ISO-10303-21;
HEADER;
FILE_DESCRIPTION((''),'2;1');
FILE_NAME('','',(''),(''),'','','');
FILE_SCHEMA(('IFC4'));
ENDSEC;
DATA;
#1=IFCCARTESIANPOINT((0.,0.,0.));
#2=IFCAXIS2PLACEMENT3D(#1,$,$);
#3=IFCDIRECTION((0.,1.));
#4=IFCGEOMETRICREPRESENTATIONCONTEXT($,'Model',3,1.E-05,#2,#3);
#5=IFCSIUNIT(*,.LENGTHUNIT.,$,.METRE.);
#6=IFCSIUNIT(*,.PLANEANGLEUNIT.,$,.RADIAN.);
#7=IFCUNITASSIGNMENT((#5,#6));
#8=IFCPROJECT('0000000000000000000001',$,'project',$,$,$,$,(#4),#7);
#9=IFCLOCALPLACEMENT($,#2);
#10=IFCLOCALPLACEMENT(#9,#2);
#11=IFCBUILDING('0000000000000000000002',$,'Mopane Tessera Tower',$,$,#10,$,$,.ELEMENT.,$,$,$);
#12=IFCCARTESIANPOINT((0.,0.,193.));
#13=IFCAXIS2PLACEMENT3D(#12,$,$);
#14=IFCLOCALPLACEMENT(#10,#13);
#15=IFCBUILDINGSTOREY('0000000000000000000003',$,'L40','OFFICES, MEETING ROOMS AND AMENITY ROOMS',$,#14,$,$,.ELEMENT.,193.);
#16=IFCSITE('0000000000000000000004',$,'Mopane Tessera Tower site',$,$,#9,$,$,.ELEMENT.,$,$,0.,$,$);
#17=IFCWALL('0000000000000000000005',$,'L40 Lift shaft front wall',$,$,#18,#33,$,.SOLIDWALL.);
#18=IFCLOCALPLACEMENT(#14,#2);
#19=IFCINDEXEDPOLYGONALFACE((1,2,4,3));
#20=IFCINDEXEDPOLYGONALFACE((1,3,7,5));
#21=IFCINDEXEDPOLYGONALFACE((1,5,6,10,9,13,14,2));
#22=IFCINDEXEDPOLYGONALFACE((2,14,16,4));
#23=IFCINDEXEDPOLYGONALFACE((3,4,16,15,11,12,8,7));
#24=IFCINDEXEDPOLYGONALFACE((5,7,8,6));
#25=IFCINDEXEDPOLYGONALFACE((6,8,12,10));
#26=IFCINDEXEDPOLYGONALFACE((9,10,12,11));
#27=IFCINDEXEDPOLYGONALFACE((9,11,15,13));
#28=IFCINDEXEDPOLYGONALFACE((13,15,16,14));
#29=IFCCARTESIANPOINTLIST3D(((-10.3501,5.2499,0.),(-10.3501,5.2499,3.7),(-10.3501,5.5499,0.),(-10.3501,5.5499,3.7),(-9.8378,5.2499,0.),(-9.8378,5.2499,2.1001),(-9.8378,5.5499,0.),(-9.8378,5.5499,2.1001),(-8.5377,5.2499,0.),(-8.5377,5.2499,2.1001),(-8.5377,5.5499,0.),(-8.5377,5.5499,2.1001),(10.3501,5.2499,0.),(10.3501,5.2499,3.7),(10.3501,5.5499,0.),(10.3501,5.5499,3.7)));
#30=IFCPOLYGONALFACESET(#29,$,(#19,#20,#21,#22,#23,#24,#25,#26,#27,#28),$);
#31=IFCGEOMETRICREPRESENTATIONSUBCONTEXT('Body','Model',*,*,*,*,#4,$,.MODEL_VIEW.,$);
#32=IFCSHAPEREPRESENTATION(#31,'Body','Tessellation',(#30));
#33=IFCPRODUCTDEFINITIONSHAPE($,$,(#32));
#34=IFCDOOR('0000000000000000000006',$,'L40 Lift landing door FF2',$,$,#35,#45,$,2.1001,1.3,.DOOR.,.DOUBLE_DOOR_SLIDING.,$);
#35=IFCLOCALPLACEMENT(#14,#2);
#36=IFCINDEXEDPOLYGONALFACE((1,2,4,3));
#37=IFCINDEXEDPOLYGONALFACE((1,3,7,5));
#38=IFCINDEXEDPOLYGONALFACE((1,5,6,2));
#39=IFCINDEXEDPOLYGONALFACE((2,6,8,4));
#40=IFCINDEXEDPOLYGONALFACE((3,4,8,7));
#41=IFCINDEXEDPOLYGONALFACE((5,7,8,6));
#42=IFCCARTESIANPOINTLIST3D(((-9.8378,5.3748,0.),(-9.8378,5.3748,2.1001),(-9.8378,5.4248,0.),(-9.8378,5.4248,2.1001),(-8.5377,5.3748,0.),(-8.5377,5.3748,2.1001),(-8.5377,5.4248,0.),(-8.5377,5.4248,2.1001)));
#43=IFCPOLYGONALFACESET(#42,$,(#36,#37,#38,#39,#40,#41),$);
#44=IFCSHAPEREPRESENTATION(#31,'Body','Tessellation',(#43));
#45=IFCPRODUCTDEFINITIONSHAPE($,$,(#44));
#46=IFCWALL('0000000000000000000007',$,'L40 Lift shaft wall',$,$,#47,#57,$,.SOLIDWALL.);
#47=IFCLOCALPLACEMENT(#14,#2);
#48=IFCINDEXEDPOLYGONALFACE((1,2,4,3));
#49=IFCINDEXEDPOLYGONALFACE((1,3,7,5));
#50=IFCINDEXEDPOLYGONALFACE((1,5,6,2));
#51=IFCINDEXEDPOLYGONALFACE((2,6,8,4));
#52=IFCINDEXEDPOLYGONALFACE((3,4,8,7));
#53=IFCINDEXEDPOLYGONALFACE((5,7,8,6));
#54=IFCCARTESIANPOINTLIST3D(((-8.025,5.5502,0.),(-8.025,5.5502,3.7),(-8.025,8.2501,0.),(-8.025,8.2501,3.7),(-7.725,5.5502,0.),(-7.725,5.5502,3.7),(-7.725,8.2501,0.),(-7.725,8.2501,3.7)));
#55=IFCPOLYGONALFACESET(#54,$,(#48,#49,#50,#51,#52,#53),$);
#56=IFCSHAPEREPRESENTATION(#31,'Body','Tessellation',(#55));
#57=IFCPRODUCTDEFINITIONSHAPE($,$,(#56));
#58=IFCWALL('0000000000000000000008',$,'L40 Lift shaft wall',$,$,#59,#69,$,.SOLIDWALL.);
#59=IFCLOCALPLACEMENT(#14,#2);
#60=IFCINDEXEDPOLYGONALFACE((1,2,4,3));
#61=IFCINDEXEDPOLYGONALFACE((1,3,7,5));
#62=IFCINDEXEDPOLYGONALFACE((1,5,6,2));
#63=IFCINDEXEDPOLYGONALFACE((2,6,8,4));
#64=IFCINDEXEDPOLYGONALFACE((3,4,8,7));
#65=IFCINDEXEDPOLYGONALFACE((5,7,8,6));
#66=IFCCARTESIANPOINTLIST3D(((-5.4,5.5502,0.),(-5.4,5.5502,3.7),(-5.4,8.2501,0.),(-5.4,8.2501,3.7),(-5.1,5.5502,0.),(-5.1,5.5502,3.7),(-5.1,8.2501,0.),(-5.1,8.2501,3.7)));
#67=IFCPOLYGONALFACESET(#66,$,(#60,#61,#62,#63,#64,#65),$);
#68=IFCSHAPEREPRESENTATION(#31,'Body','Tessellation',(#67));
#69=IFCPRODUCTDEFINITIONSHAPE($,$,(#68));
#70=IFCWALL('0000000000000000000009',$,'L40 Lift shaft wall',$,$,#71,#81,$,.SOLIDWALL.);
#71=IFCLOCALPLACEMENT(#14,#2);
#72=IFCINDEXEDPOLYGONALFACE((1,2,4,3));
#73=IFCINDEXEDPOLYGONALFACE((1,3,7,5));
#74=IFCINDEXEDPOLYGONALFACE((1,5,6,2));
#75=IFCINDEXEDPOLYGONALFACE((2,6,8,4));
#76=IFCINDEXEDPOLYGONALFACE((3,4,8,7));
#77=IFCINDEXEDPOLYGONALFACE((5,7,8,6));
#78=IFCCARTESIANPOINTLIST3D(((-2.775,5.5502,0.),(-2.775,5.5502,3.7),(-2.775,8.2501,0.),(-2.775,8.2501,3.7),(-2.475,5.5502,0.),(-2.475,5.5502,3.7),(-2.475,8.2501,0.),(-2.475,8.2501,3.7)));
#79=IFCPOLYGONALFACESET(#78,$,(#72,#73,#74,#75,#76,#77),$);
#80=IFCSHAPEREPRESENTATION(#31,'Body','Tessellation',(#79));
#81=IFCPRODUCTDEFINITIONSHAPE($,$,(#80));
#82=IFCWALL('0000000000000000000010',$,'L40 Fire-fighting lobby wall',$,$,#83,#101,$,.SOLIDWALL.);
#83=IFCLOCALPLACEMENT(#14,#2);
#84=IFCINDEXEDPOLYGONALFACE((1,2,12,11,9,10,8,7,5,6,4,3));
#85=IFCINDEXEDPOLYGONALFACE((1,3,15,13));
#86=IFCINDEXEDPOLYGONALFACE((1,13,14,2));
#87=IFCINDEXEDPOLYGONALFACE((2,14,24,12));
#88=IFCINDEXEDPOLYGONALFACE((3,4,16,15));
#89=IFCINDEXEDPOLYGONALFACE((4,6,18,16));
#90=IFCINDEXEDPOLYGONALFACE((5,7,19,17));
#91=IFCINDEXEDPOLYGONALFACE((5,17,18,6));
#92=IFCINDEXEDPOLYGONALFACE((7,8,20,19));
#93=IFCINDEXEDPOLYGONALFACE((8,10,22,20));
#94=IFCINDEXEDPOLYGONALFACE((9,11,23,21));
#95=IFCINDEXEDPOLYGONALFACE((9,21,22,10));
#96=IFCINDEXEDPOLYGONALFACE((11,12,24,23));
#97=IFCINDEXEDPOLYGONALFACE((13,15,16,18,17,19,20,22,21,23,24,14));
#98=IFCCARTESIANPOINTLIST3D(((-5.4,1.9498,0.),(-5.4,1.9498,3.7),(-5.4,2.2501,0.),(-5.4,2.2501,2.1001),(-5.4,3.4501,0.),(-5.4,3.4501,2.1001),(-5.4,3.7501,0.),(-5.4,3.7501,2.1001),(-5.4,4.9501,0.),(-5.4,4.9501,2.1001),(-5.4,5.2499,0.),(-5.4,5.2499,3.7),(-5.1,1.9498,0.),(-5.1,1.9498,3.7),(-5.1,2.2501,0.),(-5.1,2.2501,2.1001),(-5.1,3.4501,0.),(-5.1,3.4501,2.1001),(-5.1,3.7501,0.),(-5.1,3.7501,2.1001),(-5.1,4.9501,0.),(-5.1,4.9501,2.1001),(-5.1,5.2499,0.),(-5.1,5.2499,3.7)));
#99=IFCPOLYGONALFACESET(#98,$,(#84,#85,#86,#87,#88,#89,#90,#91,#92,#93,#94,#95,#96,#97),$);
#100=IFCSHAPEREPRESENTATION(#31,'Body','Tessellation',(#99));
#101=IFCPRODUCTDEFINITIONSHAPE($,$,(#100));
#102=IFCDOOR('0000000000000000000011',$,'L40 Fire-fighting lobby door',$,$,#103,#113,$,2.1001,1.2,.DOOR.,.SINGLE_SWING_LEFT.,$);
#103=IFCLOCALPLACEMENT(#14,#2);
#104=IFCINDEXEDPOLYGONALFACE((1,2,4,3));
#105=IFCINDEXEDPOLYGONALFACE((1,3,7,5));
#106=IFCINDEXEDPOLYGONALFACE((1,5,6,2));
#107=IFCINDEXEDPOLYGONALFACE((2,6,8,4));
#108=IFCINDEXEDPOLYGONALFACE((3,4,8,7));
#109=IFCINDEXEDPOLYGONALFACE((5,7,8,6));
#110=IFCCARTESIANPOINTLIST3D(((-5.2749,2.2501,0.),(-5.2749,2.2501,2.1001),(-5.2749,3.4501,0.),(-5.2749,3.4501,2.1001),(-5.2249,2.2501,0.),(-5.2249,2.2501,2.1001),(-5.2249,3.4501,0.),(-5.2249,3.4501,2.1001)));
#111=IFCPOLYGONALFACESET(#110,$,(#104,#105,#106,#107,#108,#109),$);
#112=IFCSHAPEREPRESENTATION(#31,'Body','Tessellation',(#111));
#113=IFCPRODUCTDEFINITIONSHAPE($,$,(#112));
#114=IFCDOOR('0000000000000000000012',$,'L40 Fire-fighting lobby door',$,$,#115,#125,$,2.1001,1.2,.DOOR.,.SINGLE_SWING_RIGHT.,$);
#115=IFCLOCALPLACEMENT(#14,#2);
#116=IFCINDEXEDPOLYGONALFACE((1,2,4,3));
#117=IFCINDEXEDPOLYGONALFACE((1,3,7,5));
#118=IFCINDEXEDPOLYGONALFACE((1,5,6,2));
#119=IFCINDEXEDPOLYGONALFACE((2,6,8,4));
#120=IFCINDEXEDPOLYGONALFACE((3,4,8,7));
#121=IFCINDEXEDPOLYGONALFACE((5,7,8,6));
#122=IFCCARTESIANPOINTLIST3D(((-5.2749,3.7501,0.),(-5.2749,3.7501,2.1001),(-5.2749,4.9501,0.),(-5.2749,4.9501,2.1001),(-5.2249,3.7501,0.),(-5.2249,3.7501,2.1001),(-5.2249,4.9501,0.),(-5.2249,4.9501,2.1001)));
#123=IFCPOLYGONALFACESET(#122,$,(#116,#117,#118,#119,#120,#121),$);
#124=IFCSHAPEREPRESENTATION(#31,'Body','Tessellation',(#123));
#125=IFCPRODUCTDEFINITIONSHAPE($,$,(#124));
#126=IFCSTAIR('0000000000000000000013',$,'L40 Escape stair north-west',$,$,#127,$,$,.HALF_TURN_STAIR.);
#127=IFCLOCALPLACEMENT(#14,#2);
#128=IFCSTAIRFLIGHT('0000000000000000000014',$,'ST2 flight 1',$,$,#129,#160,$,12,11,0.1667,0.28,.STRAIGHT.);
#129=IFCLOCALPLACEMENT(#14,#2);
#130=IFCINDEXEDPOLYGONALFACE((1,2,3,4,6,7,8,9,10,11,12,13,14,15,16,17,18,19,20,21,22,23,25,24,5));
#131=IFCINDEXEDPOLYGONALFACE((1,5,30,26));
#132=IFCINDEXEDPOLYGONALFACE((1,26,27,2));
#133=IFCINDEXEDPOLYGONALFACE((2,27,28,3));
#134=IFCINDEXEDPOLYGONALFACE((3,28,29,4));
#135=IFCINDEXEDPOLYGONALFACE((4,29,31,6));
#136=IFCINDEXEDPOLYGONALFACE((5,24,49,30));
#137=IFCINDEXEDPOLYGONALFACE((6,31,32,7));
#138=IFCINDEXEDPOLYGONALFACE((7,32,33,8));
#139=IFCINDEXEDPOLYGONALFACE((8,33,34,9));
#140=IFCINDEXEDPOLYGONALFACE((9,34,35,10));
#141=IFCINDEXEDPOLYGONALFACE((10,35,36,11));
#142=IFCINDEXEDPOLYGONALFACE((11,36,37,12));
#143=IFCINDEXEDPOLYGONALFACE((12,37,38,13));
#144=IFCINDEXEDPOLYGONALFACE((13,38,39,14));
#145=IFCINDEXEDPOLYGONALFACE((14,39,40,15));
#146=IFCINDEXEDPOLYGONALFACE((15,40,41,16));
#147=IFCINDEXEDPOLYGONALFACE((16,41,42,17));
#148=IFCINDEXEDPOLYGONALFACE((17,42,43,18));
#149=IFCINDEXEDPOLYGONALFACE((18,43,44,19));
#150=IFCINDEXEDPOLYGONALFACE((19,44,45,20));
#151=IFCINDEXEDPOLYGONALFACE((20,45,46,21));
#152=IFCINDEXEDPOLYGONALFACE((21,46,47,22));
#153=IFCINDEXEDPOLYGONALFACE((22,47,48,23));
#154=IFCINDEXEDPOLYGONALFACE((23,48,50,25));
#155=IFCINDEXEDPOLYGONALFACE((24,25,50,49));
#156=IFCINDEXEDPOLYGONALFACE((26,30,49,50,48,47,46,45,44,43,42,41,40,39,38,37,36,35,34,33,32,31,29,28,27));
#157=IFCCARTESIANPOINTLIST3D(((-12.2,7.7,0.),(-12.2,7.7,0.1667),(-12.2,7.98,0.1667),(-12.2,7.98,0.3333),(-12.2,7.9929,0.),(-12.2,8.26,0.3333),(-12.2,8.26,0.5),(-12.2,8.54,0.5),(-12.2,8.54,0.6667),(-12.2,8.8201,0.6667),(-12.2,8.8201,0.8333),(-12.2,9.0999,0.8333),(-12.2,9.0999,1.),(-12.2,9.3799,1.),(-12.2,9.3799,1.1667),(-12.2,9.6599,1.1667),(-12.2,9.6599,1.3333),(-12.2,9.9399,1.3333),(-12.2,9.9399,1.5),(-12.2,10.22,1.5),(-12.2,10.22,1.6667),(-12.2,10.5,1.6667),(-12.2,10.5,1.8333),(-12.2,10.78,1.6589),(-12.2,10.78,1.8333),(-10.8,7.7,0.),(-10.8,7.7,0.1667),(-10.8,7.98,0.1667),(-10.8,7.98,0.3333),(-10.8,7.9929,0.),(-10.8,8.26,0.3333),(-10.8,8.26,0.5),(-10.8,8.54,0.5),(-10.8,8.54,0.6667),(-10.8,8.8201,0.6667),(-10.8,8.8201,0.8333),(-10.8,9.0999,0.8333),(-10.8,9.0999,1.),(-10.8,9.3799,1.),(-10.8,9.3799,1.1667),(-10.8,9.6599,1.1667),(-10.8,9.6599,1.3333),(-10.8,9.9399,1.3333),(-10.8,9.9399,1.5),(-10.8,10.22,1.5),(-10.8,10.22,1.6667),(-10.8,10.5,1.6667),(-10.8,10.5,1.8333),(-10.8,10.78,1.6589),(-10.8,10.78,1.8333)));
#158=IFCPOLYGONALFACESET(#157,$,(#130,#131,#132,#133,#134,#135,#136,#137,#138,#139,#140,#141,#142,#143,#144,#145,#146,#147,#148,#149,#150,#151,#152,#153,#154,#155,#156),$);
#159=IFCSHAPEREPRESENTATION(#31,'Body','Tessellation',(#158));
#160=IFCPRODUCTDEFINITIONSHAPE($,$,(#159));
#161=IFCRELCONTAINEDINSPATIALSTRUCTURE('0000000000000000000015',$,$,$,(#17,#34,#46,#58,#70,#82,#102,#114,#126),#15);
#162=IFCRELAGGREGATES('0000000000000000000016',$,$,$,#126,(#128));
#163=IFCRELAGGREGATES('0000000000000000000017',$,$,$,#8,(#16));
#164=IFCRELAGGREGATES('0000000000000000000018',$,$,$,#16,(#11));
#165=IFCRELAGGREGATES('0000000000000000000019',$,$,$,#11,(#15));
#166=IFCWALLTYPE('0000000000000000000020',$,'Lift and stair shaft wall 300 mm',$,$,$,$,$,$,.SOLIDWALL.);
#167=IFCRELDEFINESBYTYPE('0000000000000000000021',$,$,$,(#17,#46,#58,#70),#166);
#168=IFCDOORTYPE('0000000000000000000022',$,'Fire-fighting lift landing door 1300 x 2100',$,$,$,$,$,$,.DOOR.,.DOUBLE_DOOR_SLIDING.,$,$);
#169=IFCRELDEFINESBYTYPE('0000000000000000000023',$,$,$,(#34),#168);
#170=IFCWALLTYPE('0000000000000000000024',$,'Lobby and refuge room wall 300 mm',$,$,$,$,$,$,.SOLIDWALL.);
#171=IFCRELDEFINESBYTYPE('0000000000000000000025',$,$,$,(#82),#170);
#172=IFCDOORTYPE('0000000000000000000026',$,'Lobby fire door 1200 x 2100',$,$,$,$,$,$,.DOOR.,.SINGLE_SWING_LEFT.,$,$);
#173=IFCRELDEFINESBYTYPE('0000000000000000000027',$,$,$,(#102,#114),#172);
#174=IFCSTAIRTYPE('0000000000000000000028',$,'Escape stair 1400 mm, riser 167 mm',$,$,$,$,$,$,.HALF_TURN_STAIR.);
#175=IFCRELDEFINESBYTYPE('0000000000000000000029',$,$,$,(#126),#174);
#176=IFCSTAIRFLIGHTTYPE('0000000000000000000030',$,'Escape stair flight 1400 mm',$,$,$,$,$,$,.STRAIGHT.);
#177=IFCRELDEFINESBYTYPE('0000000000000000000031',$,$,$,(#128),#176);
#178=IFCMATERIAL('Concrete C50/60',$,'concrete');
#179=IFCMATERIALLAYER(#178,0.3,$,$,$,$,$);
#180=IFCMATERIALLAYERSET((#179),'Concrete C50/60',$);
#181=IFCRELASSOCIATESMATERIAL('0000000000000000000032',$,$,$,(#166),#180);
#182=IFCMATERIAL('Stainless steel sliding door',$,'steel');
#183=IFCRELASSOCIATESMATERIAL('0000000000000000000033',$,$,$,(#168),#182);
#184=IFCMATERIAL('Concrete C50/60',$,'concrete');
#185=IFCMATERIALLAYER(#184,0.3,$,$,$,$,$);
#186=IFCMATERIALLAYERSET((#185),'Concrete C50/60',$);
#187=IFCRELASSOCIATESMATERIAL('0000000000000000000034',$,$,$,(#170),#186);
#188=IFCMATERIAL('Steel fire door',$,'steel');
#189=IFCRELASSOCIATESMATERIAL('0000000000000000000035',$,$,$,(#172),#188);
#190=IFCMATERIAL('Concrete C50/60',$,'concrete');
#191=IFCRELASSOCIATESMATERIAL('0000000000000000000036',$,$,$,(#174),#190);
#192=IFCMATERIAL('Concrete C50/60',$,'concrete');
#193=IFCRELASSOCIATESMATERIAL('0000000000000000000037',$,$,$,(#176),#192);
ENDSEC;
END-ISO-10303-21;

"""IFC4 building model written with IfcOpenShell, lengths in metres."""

from ifc_helpers import new_model, si_unit, direction, frame, frame_2d, origin, place, context, subcontext, project, spatial, polyline, rectangle, outline, extrude, material, layer, layer_set, type_object, element, fill, aggregate, save


model = new_model("IFC4")

# Units and contexts
model_context = context("Model", 3, precision=1e-05, world=origin(), true_north=direction((0.0, 1.0)))
body_context = subcontext(model_context, "Body", "Model", "MODEL_VIEW")
ifc_project = project(units=[si_unit("LENGTHUNIT", "METRE"), si_unit("PLANEANGLEUNIT", "RADIAN")], contexts=[model_context])

# Site, building, storey
site_placement = place(None, origin())
site = spatial("IfcSite", under=ifc_project, at=site_placement, Name="Mopane Tessera Tower site", CompositionType="ELEMENT", RefElevation=0.0)
building_placement = place(site_placement, origin())
building = spatial("IfcBuilding", under=site, at=building_placement, Name="Mopane Tessera Tower", CompositionType="ELEMENT")
storey_placement = place(building_placement, frame((0.0, 0.0, 193.0)))
storey = spatial("IfcBuildingStorey", under=building, at=storey_placement, Name="L40", Description="OFFICES, MEETING ROOMS AND AMENITY ROOMS", CompositionType="ELEMENT", Elevation=193.0)

# Shared definitions
ifc_material_1 = material(Name="Concrete C50/60", Category="concrete")
ifc_layer_1 = layer(ifc_material_1, 0.3)
ifc_layer_set_1 = layer_set([ifc_layer_1], Name="Concrete C50/60")
wall_type_1 = type_object("IfcWallType", Name="Lift and stair shaft wall 300 mm", PredefinedType="SOLIDWALL", material=ifc_layer_set_1)

# Shared definitions
ifc_material_2 = material(Name="Stainless steel sliding door", Category="steel")
door_type_1 = type_object("IfcDoorType", Name="Fire-fighting lift landing door 1300 x 2100", OperationType="DOUBLE_DOOR_SLIDING", PredefinedType="DOOR", material=ifc_material_2)

# Wall, opening, door
wall_1_placement = place(storey_placement, frame((-10.3501, 5.3999, 0.0), z_axis=(0.0, 0.0, 1.0), x_axis=(1.0, 0.0, 0.0)))
wall_1 = element("IfcWall", 1, at=wall_1_placement, inside=storey, type_object=wall_type_1, Name="L40 Lift shaft front wall", PredefinedType="SOLIDWALL", context=body_context, shape_type="SweptSolid", body=[
    extrude(rectangle(XDim=20.7002, YDim=0.3, at=frame_2d((10.3501, 0.0))), origin(), (0.0, 0.0, 1.0), 3.7),
])
opening_1_placement = place(wall_1_placement, frame((0.5125, 0.0, 0.0)))
opening_1 = element("IfcOpeningElement", 2, at=opening_1_placement, cuts=wall_1, PredefinedType="OPENING", context=body_context, shape_type="SweptSolid", body=[
    extrude(rectangle(XDim=1.3, YDim=2.1001, at=frame_2d((0.6499, 1.05))), frame((0.0, 0.1621, 0.0), z_axis=(0.0, -1.0, 0.0), x_axis=(1.0, 0.0, 0.0)), (0.0, 0.0, 1.0), 0.324),
])
door_1_placement = place(opening_1_placement, origin())
door_1 = element("IfcDoor", 3, at=door_1_placement, inside=storey, type_object=door_type_1, Name="L40 Lift landing door FF2", OperationType="DOUBLE_DOOR_SLIDING", OverallHeight=2.1001, OverallWidth=1.3, PredefinedType="DOOR", context=body_context, shape_type="SweptSolid", body=[
    extrude(rectangle(XDim=1.3, YDim=2.1001, at=frame_2d((0.6499, 1.05))), frame((0.0, 0.0249, 0.0), z_axis=(0.0, -1.0, 0.0), x_axis=(1.0, 0.0, 0.0)), (0.0, 0.0, 1.0), 0.05),
])
fill(opening_1, door_1)

# Walls
for number, where, z_axis, x_axis, name in (
    (4, (-7.875, 5.55, 0.0), (0.0, 0.0, 1.0), (0.0, 1.0, 0.0), "L40 Lift shaft wall"),
    (5, (-5.25, 5.55, 0.0), (0.0, 0.0, 1.0), (0.0, 1.0, 0.0), "L40 Lift shaft wall"),
    (6, (-2.625, 5.55, 0.0), (0.0, 0.0, 1.0), (0.0, 1.0, 0.0), "L40 Lift shaft wall"),
):
    element("IfcWall", number, at=place(storey_placement, frame(where, z_axis=z_axis, x_axis=x_axis)), inside=storey, type_object=wall_type_1, Name=name, PredefinedType="SOLIDWALL", context=body_context, shape_type="SweptSolid", body=[
        extrude(rectangle(XDim=2.7, YDim=0.3, at=frame_2d((1.3501, 0.0))), origin(), (0.0, 0.0, 1.0), 3.7),
    ])

# Wall, openings, doors
ifc_material_3 = material(Name="Concrete C50/60", Category="concrete")
ifc_layer_2 = layer(ifc_material_3, 0.3)
ifc_layer_set_2 = layer_set([ifc_layer_2], Name="Concrete C50/60")
wall_type_2 = type_object("IfcWallType", Name="Lobby and refuge room wall 300 mm", PredefinedType="SOLIDWALL", material=ifc_layer_set_2)
wall_2_placement = place(storey_placement, frame((-5.25, 1.95, 0.0), z_axis=(0.0, 0.0, 1.0), x_axis=(0.0, 1.0, 0.0)))
wall_2 = element("IfcWall", 7, at=wall_2_placement, inside=storey, type_object=wall_type_2, Name="L40 Fire-fighting lobby wall", PredefinedType="SOLIDWALL", context=body_context, shape_type="SweptSolid", body=[
    extrude(rectangle(XDim=3.3, YDim=0.3, at=frame_2d((1.6499, 0.0))), origin(), (0.0, 0.0, 1.0), 3.7),
])
opening_2_placement = place(wall_2_placement, frame((0.3, 0.0, 0.0)))
opening_2 = element("IfcOpeningElement", 8, at=opening_2_placement, cuts=wall_2, PredefinedType="OPENING", context=body_context, shape_type="SweptSolid", body=[
    extrude(rectangle(XDim=1.2, YDim=2.1001, at=frame_2d((0.6001, 1.05))), frame((0.0, 0.1621, 0.0), z_axis=(0.0, -1.0, 0.0), x_axis=(1.0, 0.0, 0.0)), (0.0, 0.0, 1.0), 0.324),
])
opening_3_placement = place(wall_2_placement, frame((1.8, 0.0, 0.0)))
opening_3 = element("IfcOpeningElement", 9, at=opening_3_placement, cuts=wall_2, PredefinedType="OPENING", context=body_context, shape_type="SweptSolid", body=[
    extrude(rectangle(XDim=1.2, YDim=2.1001, at=frame_2d((0.6001, 1.05))), frame((0.0, 0.1621, 0.0), z_axis=(0.0, -1.0, 0.0), x_axis=(1.0, 0.0, 0.0)), (0.0, 0.0, 1.0), 0.324),
])
ifc_material_4 = material(Name="Steel fire door", Category="steel")
door_type_2 = type_object("IfcDoorType", Name="Lobby fire door 1200 x 2100", OperationType="SINGLE_SWING_LEFT", PredefinedType="DOOR", material=ifc_material_4)
door_2_placement = place(opening_2_placement, origin())
door_2 = element("IfcDoor", 10, at=door_2_placement, inside=storey, type_object=door_type_2, Name="L40 Fire-fighting lobby door", OperationType="SINGLE_SWING_LEFT", OverallHeight=2.1001, OverallWidth=1.2, PredefinedType="DOOR", context=body_context, shape_type="SweptSolid", body=[
    extrude(rectangle(XDim=1.2, YDim=2.1001, at=frame_2d((0.6001, 1.05))), frame((0.0, 0.0249, 0.0), z_axis=(0.0, -1.0, 0.0), x_axis=(1.0, 0.0, 0.0)), (0.0, 0.0, 1.0), 0.05),
])
fill(opening_2, door_2)
door_3_placement = place(opening_3_placement, origin())
door_3 = element("IfcDoor", 11, at=door_3_placement, inside=storey, type_object=door_type_2, Name="L40 Fire-fighting lobby door", OperationType="SINGLE_SWING_RIGHT", OverallHeight=2.1001, OverallWidth=1.2, PredefinedType="DOOR", context=body_context, shape_type="SweptSolid", body=[
    extrude(rectangle(XDim=1.2, YDim=2.1001, at=frame_2d((0.6001, 1.05))), frame((0.0, 0.0249, 0.0), z_axis=(0.0, -1.0, 0.0), x_axis=(1.0, 0.0, 0.0)), (0.0, 0.0, 1.0), 0.05),
])
fill(opening_3, door_3)

# Stair, stair flight
ifc_material_5 = material(Name="Concrete C50/60", Category="concrete")
stair_type = type_object("IfcStairType", Name="Escape stair 1400 mm, riser 167 mm", PredefinedType="HALF_TURN_STAIR", material=ifc_material_5)
stair_placement = place(storey_placement, origin())
stair = element("IfcStair", 12, at=stair_placement, inside=storey, type_object=stair_type, Name="L40 Escape stair north-west", PredefinedType="HALF_TURN_STAIR")
ifc_material_6 = material(Name="Concrete C50/60", Category="concrete")
stair_flight_type = type_object("IfcStairFlightType", Name="Escape stair flight 1400 mm", PredefinedType="STRAIGHT", material=ifc_material_6)
stair_flight_placement = place(storey_placement, frame((-11.5, 7.7, 0.0), z_axis=(0.0, 0.0, 1.0), x_axis=(0.0, 1.0, 0.0)))
stair_flight = element("IfcStairFlight", 13, at=stair_flight_placement, type_object=stair_flight_type, Name="ST2 flight 1", NumberOfRisers=12, NumberOfTreads=11, PredefinedType="STRAIGHT", RiserHeight=0.1667, TreadLength=0.28, context=body_context, shape_type="SweptSolid", body=[
    extrude(outline(polyline([(0.0, 0.0), (0.0, 0.1667), (0.28, 0.1667), (0.28, 0.3333), (0.5601, 0.3333), (0.5601, 0.5), (0.8401, 0.5), (0.8401, 0.6667), (1.1201, 0.6667), (1.1201, 0.8333), (1.3999, 0.8333), (1.3999, 1.0), (1.6799, 1.0), (1.6799, 1.1667), (1.96, 1.1667), (1.96, 1.3333), (2.24, 1.3333), (2.24, 1.5), (2.52, 1.5), (2.52, 1.6667), (2.8, 1.6667), (2.8, 1.8333), (3.0801, 1.8333), (3.0801, 2.0), (3.0801, 1.6589), (0.293, 0.0), (0.0, 0.0)])), frame((0.0, 0.7, 0.0), z_axis=(0.0, -1.0, 0.0), x_axis=(1.0, 0.0, 0.0)), (0.0, 0.0, 1.0), 1.3999),
])
aggregate(stair, [stair_flight])

save(model, "model.ifc")
